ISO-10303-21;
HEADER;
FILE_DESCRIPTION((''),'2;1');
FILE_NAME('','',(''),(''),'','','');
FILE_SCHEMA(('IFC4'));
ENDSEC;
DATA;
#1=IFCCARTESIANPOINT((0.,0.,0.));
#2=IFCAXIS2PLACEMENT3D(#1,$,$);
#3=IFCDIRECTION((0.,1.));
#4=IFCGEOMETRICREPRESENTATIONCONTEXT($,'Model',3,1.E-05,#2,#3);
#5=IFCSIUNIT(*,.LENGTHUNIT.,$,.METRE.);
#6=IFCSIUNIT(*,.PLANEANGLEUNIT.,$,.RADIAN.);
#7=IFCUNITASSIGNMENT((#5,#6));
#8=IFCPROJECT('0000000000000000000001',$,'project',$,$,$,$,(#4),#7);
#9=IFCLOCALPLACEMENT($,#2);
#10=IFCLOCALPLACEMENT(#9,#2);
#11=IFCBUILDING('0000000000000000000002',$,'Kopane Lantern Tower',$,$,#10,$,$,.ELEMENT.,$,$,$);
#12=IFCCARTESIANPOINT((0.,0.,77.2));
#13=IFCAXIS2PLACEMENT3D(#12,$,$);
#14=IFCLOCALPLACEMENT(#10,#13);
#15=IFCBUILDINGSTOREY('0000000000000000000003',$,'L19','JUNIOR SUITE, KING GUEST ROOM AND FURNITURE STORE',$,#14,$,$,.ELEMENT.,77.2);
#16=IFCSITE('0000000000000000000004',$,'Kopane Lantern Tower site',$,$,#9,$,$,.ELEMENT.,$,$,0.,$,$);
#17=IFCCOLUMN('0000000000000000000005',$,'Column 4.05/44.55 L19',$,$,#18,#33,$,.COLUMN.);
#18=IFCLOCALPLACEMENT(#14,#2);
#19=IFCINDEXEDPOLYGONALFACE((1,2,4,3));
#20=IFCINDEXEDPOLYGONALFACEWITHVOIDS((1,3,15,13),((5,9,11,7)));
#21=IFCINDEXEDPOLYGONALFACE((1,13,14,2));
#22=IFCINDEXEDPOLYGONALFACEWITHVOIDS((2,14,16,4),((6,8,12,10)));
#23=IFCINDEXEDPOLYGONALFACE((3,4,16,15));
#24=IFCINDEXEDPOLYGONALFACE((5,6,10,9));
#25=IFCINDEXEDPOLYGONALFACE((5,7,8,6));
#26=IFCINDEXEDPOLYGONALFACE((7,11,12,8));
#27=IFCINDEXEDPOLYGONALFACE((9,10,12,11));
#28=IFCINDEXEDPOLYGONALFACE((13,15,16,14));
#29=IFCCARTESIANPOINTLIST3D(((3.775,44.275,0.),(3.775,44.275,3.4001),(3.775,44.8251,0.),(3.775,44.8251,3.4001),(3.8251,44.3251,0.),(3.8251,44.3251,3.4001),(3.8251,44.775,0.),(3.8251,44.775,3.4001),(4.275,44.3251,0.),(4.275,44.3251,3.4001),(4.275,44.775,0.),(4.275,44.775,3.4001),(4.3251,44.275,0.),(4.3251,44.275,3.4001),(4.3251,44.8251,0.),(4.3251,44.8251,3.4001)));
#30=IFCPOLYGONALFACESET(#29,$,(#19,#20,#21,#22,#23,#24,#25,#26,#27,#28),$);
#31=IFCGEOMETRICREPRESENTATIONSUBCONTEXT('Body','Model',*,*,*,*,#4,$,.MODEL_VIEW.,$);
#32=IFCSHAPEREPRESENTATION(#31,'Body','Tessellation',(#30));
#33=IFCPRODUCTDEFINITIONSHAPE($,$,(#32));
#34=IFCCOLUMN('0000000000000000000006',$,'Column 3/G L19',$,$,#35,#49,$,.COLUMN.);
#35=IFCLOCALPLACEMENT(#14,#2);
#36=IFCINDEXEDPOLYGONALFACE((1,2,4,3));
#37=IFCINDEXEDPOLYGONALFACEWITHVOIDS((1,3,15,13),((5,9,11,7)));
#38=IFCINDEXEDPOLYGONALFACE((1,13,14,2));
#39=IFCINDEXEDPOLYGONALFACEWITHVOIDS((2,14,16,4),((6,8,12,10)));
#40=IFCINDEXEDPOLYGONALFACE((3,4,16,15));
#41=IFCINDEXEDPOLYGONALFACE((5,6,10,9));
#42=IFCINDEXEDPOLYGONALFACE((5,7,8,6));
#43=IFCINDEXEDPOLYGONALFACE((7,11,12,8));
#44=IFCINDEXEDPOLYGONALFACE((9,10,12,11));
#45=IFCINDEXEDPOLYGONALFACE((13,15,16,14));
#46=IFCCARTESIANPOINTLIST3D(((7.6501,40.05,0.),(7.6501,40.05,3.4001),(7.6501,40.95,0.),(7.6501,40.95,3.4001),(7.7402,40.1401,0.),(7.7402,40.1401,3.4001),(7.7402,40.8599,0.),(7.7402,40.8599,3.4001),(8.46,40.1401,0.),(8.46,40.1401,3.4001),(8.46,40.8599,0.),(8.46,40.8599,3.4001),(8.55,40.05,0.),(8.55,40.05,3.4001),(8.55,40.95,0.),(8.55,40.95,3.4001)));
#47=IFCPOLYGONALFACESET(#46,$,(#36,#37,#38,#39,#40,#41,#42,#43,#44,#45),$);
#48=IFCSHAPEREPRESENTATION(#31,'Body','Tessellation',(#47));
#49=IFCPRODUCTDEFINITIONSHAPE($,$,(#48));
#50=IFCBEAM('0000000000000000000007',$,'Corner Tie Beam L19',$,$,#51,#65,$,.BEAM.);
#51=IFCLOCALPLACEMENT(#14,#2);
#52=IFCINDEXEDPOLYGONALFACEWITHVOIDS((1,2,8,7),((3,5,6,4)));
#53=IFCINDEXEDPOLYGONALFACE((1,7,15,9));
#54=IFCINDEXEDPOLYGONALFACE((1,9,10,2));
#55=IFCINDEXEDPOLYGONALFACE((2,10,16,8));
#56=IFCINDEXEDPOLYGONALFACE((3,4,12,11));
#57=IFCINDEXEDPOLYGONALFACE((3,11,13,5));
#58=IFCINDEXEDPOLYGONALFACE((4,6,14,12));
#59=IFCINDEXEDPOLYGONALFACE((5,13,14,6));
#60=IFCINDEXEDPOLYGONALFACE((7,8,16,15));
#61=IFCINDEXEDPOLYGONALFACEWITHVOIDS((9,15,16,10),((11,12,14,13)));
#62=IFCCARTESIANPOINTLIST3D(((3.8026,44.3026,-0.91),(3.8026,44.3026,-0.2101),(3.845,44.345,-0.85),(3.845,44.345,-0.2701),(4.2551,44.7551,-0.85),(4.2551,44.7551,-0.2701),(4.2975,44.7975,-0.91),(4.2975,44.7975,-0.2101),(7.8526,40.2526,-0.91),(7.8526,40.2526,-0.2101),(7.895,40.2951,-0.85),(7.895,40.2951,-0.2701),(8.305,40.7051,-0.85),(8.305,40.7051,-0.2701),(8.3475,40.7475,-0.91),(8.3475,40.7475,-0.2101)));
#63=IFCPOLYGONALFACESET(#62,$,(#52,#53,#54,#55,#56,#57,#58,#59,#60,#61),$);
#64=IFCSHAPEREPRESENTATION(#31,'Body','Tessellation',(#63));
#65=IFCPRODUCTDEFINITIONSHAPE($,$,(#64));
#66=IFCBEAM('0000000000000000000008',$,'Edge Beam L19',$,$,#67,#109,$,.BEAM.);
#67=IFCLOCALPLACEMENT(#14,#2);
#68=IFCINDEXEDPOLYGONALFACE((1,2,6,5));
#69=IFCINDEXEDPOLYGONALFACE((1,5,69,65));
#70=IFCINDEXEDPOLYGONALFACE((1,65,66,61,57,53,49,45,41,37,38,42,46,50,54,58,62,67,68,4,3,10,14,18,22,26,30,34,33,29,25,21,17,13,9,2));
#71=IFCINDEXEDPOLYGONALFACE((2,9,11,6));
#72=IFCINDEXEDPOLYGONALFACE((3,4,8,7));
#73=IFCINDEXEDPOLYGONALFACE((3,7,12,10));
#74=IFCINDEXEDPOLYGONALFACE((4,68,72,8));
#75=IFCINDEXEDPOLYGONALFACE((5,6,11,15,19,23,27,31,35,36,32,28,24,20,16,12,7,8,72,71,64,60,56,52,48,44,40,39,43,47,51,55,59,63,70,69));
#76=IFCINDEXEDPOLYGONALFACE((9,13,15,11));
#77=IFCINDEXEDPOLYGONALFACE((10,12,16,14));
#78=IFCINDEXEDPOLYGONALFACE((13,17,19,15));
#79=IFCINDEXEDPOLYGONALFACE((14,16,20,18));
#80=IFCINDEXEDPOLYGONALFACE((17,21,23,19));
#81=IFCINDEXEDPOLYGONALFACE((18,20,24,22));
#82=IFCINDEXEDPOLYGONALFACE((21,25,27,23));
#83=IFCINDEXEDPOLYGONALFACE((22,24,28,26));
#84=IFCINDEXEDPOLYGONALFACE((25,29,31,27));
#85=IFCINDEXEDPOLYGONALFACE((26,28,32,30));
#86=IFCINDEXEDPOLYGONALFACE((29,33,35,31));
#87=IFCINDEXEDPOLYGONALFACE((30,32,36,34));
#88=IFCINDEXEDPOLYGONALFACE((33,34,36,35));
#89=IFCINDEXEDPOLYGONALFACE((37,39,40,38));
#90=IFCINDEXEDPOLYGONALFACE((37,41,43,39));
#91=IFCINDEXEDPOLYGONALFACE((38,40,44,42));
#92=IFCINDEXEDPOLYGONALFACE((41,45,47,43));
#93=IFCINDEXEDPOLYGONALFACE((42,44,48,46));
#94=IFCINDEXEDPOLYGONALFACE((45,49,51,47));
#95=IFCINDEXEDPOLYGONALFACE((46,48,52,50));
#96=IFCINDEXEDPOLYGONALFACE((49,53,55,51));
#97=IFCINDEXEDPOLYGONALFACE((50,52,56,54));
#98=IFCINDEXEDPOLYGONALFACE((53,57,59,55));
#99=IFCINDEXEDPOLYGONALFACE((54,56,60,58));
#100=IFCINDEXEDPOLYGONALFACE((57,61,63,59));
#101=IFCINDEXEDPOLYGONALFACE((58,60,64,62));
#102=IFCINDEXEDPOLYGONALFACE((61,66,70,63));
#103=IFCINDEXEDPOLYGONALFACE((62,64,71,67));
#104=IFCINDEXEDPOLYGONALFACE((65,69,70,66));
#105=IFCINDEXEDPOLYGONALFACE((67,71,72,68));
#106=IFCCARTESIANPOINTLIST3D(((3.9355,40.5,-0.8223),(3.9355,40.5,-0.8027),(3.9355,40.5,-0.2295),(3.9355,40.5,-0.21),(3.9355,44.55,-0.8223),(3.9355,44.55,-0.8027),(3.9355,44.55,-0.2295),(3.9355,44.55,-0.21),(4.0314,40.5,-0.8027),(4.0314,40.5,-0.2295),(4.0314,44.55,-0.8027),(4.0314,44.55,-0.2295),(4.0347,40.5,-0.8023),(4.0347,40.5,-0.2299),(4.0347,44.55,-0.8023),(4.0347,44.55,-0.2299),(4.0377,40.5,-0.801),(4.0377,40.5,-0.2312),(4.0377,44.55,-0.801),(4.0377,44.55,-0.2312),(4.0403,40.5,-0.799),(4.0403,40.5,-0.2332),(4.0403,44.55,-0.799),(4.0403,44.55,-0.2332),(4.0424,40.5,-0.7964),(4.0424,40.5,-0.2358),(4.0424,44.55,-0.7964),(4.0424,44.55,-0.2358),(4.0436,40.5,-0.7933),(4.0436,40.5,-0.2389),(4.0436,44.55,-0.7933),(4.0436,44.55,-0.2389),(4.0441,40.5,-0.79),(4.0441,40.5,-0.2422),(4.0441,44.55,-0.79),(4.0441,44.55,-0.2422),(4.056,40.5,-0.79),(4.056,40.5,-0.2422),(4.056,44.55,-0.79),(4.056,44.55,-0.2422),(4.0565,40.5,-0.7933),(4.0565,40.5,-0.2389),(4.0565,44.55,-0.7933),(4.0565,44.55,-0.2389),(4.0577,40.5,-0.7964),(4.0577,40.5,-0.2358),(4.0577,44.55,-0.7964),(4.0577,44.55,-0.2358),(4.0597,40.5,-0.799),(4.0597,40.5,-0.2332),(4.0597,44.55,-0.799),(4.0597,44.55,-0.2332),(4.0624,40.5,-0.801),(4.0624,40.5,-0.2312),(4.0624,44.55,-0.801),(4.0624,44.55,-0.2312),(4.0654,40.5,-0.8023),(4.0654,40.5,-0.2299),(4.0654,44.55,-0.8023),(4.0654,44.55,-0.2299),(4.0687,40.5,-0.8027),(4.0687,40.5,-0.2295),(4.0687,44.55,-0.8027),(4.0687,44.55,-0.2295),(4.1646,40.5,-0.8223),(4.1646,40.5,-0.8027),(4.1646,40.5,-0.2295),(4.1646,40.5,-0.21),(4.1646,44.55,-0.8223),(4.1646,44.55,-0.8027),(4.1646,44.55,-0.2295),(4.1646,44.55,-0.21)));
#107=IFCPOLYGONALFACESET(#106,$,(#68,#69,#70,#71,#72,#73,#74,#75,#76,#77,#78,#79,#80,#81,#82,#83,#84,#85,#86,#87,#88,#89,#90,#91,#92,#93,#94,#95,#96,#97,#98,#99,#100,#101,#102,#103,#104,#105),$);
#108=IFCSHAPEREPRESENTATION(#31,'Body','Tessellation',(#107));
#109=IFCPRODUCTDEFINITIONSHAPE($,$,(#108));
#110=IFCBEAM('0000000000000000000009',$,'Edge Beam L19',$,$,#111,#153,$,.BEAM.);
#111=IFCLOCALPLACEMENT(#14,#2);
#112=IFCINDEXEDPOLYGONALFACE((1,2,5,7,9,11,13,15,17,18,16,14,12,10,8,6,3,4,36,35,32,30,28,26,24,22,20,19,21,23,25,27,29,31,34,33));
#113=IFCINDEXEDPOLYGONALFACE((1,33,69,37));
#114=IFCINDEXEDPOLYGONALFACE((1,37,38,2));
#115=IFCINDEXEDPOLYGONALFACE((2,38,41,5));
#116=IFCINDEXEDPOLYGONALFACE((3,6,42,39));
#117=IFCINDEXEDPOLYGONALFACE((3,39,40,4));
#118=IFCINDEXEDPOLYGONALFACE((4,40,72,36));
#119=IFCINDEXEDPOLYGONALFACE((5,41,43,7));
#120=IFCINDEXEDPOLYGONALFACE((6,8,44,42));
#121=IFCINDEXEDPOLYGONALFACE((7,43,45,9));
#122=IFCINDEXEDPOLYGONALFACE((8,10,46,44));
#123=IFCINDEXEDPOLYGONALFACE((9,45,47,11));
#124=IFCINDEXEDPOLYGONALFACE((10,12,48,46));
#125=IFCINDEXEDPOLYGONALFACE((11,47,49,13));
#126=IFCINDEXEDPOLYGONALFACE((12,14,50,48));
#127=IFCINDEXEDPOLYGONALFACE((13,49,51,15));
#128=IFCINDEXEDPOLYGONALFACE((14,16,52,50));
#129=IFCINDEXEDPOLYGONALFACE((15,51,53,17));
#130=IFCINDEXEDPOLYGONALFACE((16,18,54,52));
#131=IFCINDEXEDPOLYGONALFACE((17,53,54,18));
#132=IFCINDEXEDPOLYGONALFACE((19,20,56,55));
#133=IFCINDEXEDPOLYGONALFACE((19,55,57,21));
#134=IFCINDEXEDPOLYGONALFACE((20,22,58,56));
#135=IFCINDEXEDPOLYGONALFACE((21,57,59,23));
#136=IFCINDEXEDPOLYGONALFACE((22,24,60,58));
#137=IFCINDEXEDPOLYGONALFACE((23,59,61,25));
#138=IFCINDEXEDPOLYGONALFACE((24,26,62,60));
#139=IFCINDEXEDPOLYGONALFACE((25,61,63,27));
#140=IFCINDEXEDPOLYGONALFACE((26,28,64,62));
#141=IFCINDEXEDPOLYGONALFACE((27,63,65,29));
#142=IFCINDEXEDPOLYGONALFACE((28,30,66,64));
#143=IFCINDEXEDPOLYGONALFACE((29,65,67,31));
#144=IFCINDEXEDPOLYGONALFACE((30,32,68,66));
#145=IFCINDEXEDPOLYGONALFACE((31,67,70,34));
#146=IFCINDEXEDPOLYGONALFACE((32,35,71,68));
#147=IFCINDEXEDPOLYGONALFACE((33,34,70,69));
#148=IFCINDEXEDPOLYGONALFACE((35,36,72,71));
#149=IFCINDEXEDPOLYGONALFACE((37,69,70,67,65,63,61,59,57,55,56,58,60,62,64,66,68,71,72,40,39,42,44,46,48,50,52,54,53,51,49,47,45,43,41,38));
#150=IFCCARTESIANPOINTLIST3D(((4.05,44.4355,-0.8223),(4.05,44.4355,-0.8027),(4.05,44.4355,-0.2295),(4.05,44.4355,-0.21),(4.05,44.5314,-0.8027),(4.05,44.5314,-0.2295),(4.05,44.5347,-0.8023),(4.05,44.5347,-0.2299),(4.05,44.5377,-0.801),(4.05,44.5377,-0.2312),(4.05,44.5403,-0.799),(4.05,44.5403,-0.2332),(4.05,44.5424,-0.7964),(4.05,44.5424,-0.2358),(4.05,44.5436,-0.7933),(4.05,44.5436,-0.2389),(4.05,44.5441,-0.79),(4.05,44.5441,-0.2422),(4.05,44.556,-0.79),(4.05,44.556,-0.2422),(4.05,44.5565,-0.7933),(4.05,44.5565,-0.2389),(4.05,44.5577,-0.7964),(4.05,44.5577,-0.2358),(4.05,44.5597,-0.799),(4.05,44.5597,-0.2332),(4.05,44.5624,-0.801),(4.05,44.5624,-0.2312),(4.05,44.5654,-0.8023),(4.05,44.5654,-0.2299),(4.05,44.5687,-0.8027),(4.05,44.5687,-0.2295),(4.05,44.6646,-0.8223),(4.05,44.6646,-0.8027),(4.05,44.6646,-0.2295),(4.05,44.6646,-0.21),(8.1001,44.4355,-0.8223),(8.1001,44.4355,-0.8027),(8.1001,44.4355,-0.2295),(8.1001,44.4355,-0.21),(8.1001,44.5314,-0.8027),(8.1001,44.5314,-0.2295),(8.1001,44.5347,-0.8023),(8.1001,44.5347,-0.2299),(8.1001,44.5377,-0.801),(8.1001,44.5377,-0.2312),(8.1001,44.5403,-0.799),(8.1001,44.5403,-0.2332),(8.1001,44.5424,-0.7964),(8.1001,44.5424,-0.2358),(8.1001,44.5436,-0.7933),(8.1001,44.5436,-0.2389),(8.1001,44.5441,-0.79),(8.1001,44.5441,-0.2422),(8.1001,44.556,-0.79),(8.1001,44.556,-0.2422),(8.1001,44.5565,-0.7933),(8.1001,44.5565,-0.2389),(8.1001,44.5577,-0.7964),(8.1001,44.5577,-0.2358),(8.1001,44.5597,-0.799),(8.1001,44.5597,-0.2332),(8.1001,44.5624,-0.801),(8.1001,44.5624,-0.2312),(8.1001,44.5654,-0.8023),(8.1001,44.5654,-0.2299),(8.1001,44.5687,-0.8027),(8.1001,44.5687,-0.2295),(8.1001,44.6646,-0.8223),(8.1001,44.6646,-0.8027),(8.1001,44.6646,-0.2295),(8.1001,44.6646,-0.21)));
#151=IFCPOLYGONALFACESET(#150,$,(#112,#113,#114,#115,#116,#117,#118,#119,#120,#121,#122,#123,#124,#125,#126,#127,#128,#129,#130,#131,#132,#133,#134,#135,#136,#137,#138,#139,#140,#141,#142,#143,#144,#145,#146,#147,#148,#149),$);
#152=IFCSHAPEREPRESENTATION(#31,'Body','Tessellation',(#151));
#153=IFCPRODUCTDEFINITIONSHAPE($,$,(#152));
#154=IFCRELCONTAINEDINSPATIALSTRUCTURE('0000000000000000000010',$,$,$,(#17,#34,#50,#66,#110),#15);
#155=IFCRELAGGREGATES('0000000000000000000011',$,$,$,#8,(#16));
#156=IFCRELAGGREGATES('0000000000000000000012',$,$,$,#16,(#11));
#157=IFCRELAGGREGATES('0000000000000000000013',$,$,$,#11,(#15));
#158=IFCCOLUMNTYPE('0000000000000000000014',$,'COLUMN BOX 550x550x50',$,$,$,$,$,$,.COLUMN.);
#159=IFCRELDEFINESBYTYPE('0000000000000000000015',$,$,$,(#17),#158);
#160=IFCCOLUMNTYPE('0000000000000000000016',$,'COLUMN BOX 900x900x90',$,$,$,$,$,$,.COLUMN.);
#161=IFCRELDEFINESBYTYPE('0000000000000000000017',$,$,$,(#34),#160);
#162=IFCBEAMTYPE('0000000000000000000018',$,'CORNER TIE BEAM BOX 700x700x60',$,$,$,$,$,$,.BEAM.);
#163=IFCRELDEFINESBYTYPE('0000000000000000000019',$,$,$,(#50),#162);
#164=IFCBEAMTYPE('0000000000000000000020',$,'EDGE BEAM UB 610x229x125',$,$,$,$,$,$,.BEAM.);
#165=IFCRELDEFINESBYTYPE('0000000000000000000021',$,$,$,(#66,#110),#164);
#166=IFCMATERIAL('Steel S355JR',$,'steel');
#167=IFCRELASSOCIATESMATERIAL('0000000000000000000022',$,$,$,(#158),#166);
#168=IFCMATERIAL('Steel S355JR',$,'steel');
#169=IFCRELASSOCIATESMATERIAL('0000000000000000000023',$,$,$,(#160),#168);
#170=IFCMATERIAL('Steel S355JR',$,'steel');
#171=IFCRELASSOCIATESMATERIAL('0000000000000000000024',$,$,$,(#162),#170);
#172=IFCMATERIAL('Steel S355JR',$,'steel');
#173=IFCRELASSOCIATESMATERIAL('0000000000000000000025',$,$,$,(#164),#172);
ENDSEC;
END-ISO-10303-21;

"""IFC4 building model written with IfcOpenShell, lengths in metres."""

from ifc_helpers import new_model, si_unit, direction, frame, origin, origin_2d, place, context, subcontext, project, spatial, hollow_rectangle, i_section, extrude, material, material_profile, profile_set, type_object, element, save


model = new_model("IFC4")

# Units and contexts
model_context = context("Model", 3, precision=1e-05, world=origin(), true_north=direction((0.0, 1.0)))
body_context = subcontext(model_context, "Body", "Model", "MODEL_VIEW")
ifc_project = project(units=[si_unit("LENGTHUNIT", "METRE"), si_unit("PLANEANGLEUNIT", "RADIAN")], contexts=[model_context])

# Site, building, storey
site_placement = place(None, origin())
site = spatial("IfcSite", under=ifc_project, at=site_placement, Name="Kopane Lantern Tower site", CompositionType="ELEMENT", RefElevation=0.0)
building_placement = place(site_placement, origin())
building = spatial("IfcBuilding", under=site, at=building_placement, Name="Kopane Lantern Tower", CompositionType="ELEMENT")
storey_placement = place(building_placement, frame((0.0, 0.0, 77.2)))
storey = spatial("IfcBuildingStorey", under=building, at=storey_placement, Name="L19", Description="JUNIOR SUITE, KING GUEST ROOM AND FURNITURE STORE", CompositionType="ELEMENT", Elevation=77.2)

# Columns
ifc_material_1 = material(Name="Steel S355JR", Category="steel")
ifc_material_profile_1 = material_profile(ifc_material_1, hollow_rectangle(XDim=0.55, YDim=0.55, WallThickness=0.05, at=origin_2d()), Name="BOX 550x550x50")
ifc_profile_set_1 = profile_set([ifc_material_profile_1], Name="Steel S355JR")
column_type_1 = type_object("IfcColumnType", Name="COLUMN BOX 550x550x50", PredefinedType="COLUMN", material=ifc_profile_set_1)
column_1_placement = place(storey_placement, frame((4.05, 44.55, 0.0), z_axis=(0.0, 0.0, 1.0), x_axis=(1.0, 0.0, 0.0)))
element("IfcColumn", 1, at=column_1_placement, inside=storey, type_object=column_type_1, Name="Column 4.05/44.55 L19", PredefinedType="COLUMN", context=body_context, shape_type="SweptSolid", body=[
    extrude(hollow_rectangle(XDim=0.55, YDim=0.55, WallThickness=0.05, at=origin_2d()), origin(), (0.0, 0.0, 1.0), 3.4001),
])
ifc_material_2 = material(Name="Steel S355JR", Category="steel")
ifc_material_profile_2 = material_profile(ifc_material_2, hollow_rectangle(XDim=0.8999, YDim=0.8999, WallThickness=0.0901, at=origin_2d()), Name="BOX 900x900x90")
ifc_profile_set_2 = profile_set([ifc_material_profile_2], Name="Steel S355JR")
column_type_2 = type_object("IfcColumnType", Name="COLUMN BOX 900x900x90", PredefinedType="COLUMN", material=ifc_profile_set_2)
column_2_placement = place(storey_placement, frame((8.1001, 40.5, 0.0), z_axis=(0.0, 0.0, 1.0), x_axis=(1.0, 0.0, 0.0)))
element("IfcColumn", 2, at=column_2_placement, inside=storey, type_object=column_type_2, Name="Column 3/G L19", PredefinedType="COLUMN", context=body_context, shape_type="SweptSolid", body=[
    extrude(hollow_rectangle(XDim=0.8999, YDim=0.8999, WallThickness=0.0901, at=origin_2d()), origin(), (0.0, 0.0, 1.0), 3.4001),
])

# Beams
ifc_material_3 = material(Name="Steel S355JR", Category="steel")
ifc_material_profile_3 = material_profile(ifc_material_3, hollow_rectangle(XDim=0.7, YDim=0.7, WallThickness=0.0601, at=origin_2d()), Name="BOX 700x700x60")
ifc_profile_set_3 = profile_set([ifc_material_profile_3], Name="Steel S355JR")
beam_type_1 = type_object("IfcBeamType", Name="CORNER TIE BEAM BOX 700x700x60", PredefinedType="BEAM", material=ifc_profile_set_3)
beam_1_placement = place(storey_placement, frame((4.05, 44.55, -0.5601), z_axis=(0.707107, -0.707107, 0.0), x_axis=(0.707107, 0.707107, 0.0)))
element("IfcBeam", 3, at=beam_1_placement, inside=storey, type_object=beam_type_1, Name="Corner Tie Beam L19", PredefinedType="BEAM", context=body_context, shape_type="SweptSolid", body=[
    extrude(hollow_rectangle(XDim=0.7, YDim=0.7, WallThickness=0.0601, at=origin_2d()), origin(), (0.0, 0.0, 1.0), 5.7275),
])
ifc_material_4 = material(Name="Steel S355JR", Category="steel")
ifc_material_profile_4 = material_profile(ifc_material_4, i_section(OverallWidth=0.229, OverallDepth=0.6123, WebThickness=0.012, FlangeThickness=0.0195, FilletRadius=0.0127, at=origin_2d()), Name="UB 610x229x125")
ifc_profile_set_4 = profile_set([ifc_material_profile_4], Name="Steel S355JR")
beam_type_2 = type_object("IfcBeamType", Name="EDGE BEAM UB 610x229x125", PredefinedType="BEAM", material=ifc_profile_set_4)
for number, where, z_axis, x_axis, name in (
    (4, (4.05, 44.55, -0.5161), (0.0, -1.0, 0.0), (1.0, 0.0, 0.0), "Edge Beam L19"),
    (5, (4.05, 44.55, -0.5161), (1.0, 0.0, 0.0), (0.0, 1.0, 0.0), "Edge Beam L19"),
):
    element("IfcBeam", number, at=place(storey_placement, frame(where, z_axis=z_axis, x_axis=x_axis)), inside=storey, type_object=beam_type_2, Name=name, PredefinedType="BEAM", context=body_context, shape_type="SweptSolid", body=[
        extrude(i_section(OverallWidth=0.229, OverallDepth=0.6123, WebThickness=0.012, FlangeThickness=0.0195, FilletRadius=0.0127, at=origin_2d()), origin(), (0.0, 0.0, 1.0), 4.05),
    ])

save(model, "model.ifc")
